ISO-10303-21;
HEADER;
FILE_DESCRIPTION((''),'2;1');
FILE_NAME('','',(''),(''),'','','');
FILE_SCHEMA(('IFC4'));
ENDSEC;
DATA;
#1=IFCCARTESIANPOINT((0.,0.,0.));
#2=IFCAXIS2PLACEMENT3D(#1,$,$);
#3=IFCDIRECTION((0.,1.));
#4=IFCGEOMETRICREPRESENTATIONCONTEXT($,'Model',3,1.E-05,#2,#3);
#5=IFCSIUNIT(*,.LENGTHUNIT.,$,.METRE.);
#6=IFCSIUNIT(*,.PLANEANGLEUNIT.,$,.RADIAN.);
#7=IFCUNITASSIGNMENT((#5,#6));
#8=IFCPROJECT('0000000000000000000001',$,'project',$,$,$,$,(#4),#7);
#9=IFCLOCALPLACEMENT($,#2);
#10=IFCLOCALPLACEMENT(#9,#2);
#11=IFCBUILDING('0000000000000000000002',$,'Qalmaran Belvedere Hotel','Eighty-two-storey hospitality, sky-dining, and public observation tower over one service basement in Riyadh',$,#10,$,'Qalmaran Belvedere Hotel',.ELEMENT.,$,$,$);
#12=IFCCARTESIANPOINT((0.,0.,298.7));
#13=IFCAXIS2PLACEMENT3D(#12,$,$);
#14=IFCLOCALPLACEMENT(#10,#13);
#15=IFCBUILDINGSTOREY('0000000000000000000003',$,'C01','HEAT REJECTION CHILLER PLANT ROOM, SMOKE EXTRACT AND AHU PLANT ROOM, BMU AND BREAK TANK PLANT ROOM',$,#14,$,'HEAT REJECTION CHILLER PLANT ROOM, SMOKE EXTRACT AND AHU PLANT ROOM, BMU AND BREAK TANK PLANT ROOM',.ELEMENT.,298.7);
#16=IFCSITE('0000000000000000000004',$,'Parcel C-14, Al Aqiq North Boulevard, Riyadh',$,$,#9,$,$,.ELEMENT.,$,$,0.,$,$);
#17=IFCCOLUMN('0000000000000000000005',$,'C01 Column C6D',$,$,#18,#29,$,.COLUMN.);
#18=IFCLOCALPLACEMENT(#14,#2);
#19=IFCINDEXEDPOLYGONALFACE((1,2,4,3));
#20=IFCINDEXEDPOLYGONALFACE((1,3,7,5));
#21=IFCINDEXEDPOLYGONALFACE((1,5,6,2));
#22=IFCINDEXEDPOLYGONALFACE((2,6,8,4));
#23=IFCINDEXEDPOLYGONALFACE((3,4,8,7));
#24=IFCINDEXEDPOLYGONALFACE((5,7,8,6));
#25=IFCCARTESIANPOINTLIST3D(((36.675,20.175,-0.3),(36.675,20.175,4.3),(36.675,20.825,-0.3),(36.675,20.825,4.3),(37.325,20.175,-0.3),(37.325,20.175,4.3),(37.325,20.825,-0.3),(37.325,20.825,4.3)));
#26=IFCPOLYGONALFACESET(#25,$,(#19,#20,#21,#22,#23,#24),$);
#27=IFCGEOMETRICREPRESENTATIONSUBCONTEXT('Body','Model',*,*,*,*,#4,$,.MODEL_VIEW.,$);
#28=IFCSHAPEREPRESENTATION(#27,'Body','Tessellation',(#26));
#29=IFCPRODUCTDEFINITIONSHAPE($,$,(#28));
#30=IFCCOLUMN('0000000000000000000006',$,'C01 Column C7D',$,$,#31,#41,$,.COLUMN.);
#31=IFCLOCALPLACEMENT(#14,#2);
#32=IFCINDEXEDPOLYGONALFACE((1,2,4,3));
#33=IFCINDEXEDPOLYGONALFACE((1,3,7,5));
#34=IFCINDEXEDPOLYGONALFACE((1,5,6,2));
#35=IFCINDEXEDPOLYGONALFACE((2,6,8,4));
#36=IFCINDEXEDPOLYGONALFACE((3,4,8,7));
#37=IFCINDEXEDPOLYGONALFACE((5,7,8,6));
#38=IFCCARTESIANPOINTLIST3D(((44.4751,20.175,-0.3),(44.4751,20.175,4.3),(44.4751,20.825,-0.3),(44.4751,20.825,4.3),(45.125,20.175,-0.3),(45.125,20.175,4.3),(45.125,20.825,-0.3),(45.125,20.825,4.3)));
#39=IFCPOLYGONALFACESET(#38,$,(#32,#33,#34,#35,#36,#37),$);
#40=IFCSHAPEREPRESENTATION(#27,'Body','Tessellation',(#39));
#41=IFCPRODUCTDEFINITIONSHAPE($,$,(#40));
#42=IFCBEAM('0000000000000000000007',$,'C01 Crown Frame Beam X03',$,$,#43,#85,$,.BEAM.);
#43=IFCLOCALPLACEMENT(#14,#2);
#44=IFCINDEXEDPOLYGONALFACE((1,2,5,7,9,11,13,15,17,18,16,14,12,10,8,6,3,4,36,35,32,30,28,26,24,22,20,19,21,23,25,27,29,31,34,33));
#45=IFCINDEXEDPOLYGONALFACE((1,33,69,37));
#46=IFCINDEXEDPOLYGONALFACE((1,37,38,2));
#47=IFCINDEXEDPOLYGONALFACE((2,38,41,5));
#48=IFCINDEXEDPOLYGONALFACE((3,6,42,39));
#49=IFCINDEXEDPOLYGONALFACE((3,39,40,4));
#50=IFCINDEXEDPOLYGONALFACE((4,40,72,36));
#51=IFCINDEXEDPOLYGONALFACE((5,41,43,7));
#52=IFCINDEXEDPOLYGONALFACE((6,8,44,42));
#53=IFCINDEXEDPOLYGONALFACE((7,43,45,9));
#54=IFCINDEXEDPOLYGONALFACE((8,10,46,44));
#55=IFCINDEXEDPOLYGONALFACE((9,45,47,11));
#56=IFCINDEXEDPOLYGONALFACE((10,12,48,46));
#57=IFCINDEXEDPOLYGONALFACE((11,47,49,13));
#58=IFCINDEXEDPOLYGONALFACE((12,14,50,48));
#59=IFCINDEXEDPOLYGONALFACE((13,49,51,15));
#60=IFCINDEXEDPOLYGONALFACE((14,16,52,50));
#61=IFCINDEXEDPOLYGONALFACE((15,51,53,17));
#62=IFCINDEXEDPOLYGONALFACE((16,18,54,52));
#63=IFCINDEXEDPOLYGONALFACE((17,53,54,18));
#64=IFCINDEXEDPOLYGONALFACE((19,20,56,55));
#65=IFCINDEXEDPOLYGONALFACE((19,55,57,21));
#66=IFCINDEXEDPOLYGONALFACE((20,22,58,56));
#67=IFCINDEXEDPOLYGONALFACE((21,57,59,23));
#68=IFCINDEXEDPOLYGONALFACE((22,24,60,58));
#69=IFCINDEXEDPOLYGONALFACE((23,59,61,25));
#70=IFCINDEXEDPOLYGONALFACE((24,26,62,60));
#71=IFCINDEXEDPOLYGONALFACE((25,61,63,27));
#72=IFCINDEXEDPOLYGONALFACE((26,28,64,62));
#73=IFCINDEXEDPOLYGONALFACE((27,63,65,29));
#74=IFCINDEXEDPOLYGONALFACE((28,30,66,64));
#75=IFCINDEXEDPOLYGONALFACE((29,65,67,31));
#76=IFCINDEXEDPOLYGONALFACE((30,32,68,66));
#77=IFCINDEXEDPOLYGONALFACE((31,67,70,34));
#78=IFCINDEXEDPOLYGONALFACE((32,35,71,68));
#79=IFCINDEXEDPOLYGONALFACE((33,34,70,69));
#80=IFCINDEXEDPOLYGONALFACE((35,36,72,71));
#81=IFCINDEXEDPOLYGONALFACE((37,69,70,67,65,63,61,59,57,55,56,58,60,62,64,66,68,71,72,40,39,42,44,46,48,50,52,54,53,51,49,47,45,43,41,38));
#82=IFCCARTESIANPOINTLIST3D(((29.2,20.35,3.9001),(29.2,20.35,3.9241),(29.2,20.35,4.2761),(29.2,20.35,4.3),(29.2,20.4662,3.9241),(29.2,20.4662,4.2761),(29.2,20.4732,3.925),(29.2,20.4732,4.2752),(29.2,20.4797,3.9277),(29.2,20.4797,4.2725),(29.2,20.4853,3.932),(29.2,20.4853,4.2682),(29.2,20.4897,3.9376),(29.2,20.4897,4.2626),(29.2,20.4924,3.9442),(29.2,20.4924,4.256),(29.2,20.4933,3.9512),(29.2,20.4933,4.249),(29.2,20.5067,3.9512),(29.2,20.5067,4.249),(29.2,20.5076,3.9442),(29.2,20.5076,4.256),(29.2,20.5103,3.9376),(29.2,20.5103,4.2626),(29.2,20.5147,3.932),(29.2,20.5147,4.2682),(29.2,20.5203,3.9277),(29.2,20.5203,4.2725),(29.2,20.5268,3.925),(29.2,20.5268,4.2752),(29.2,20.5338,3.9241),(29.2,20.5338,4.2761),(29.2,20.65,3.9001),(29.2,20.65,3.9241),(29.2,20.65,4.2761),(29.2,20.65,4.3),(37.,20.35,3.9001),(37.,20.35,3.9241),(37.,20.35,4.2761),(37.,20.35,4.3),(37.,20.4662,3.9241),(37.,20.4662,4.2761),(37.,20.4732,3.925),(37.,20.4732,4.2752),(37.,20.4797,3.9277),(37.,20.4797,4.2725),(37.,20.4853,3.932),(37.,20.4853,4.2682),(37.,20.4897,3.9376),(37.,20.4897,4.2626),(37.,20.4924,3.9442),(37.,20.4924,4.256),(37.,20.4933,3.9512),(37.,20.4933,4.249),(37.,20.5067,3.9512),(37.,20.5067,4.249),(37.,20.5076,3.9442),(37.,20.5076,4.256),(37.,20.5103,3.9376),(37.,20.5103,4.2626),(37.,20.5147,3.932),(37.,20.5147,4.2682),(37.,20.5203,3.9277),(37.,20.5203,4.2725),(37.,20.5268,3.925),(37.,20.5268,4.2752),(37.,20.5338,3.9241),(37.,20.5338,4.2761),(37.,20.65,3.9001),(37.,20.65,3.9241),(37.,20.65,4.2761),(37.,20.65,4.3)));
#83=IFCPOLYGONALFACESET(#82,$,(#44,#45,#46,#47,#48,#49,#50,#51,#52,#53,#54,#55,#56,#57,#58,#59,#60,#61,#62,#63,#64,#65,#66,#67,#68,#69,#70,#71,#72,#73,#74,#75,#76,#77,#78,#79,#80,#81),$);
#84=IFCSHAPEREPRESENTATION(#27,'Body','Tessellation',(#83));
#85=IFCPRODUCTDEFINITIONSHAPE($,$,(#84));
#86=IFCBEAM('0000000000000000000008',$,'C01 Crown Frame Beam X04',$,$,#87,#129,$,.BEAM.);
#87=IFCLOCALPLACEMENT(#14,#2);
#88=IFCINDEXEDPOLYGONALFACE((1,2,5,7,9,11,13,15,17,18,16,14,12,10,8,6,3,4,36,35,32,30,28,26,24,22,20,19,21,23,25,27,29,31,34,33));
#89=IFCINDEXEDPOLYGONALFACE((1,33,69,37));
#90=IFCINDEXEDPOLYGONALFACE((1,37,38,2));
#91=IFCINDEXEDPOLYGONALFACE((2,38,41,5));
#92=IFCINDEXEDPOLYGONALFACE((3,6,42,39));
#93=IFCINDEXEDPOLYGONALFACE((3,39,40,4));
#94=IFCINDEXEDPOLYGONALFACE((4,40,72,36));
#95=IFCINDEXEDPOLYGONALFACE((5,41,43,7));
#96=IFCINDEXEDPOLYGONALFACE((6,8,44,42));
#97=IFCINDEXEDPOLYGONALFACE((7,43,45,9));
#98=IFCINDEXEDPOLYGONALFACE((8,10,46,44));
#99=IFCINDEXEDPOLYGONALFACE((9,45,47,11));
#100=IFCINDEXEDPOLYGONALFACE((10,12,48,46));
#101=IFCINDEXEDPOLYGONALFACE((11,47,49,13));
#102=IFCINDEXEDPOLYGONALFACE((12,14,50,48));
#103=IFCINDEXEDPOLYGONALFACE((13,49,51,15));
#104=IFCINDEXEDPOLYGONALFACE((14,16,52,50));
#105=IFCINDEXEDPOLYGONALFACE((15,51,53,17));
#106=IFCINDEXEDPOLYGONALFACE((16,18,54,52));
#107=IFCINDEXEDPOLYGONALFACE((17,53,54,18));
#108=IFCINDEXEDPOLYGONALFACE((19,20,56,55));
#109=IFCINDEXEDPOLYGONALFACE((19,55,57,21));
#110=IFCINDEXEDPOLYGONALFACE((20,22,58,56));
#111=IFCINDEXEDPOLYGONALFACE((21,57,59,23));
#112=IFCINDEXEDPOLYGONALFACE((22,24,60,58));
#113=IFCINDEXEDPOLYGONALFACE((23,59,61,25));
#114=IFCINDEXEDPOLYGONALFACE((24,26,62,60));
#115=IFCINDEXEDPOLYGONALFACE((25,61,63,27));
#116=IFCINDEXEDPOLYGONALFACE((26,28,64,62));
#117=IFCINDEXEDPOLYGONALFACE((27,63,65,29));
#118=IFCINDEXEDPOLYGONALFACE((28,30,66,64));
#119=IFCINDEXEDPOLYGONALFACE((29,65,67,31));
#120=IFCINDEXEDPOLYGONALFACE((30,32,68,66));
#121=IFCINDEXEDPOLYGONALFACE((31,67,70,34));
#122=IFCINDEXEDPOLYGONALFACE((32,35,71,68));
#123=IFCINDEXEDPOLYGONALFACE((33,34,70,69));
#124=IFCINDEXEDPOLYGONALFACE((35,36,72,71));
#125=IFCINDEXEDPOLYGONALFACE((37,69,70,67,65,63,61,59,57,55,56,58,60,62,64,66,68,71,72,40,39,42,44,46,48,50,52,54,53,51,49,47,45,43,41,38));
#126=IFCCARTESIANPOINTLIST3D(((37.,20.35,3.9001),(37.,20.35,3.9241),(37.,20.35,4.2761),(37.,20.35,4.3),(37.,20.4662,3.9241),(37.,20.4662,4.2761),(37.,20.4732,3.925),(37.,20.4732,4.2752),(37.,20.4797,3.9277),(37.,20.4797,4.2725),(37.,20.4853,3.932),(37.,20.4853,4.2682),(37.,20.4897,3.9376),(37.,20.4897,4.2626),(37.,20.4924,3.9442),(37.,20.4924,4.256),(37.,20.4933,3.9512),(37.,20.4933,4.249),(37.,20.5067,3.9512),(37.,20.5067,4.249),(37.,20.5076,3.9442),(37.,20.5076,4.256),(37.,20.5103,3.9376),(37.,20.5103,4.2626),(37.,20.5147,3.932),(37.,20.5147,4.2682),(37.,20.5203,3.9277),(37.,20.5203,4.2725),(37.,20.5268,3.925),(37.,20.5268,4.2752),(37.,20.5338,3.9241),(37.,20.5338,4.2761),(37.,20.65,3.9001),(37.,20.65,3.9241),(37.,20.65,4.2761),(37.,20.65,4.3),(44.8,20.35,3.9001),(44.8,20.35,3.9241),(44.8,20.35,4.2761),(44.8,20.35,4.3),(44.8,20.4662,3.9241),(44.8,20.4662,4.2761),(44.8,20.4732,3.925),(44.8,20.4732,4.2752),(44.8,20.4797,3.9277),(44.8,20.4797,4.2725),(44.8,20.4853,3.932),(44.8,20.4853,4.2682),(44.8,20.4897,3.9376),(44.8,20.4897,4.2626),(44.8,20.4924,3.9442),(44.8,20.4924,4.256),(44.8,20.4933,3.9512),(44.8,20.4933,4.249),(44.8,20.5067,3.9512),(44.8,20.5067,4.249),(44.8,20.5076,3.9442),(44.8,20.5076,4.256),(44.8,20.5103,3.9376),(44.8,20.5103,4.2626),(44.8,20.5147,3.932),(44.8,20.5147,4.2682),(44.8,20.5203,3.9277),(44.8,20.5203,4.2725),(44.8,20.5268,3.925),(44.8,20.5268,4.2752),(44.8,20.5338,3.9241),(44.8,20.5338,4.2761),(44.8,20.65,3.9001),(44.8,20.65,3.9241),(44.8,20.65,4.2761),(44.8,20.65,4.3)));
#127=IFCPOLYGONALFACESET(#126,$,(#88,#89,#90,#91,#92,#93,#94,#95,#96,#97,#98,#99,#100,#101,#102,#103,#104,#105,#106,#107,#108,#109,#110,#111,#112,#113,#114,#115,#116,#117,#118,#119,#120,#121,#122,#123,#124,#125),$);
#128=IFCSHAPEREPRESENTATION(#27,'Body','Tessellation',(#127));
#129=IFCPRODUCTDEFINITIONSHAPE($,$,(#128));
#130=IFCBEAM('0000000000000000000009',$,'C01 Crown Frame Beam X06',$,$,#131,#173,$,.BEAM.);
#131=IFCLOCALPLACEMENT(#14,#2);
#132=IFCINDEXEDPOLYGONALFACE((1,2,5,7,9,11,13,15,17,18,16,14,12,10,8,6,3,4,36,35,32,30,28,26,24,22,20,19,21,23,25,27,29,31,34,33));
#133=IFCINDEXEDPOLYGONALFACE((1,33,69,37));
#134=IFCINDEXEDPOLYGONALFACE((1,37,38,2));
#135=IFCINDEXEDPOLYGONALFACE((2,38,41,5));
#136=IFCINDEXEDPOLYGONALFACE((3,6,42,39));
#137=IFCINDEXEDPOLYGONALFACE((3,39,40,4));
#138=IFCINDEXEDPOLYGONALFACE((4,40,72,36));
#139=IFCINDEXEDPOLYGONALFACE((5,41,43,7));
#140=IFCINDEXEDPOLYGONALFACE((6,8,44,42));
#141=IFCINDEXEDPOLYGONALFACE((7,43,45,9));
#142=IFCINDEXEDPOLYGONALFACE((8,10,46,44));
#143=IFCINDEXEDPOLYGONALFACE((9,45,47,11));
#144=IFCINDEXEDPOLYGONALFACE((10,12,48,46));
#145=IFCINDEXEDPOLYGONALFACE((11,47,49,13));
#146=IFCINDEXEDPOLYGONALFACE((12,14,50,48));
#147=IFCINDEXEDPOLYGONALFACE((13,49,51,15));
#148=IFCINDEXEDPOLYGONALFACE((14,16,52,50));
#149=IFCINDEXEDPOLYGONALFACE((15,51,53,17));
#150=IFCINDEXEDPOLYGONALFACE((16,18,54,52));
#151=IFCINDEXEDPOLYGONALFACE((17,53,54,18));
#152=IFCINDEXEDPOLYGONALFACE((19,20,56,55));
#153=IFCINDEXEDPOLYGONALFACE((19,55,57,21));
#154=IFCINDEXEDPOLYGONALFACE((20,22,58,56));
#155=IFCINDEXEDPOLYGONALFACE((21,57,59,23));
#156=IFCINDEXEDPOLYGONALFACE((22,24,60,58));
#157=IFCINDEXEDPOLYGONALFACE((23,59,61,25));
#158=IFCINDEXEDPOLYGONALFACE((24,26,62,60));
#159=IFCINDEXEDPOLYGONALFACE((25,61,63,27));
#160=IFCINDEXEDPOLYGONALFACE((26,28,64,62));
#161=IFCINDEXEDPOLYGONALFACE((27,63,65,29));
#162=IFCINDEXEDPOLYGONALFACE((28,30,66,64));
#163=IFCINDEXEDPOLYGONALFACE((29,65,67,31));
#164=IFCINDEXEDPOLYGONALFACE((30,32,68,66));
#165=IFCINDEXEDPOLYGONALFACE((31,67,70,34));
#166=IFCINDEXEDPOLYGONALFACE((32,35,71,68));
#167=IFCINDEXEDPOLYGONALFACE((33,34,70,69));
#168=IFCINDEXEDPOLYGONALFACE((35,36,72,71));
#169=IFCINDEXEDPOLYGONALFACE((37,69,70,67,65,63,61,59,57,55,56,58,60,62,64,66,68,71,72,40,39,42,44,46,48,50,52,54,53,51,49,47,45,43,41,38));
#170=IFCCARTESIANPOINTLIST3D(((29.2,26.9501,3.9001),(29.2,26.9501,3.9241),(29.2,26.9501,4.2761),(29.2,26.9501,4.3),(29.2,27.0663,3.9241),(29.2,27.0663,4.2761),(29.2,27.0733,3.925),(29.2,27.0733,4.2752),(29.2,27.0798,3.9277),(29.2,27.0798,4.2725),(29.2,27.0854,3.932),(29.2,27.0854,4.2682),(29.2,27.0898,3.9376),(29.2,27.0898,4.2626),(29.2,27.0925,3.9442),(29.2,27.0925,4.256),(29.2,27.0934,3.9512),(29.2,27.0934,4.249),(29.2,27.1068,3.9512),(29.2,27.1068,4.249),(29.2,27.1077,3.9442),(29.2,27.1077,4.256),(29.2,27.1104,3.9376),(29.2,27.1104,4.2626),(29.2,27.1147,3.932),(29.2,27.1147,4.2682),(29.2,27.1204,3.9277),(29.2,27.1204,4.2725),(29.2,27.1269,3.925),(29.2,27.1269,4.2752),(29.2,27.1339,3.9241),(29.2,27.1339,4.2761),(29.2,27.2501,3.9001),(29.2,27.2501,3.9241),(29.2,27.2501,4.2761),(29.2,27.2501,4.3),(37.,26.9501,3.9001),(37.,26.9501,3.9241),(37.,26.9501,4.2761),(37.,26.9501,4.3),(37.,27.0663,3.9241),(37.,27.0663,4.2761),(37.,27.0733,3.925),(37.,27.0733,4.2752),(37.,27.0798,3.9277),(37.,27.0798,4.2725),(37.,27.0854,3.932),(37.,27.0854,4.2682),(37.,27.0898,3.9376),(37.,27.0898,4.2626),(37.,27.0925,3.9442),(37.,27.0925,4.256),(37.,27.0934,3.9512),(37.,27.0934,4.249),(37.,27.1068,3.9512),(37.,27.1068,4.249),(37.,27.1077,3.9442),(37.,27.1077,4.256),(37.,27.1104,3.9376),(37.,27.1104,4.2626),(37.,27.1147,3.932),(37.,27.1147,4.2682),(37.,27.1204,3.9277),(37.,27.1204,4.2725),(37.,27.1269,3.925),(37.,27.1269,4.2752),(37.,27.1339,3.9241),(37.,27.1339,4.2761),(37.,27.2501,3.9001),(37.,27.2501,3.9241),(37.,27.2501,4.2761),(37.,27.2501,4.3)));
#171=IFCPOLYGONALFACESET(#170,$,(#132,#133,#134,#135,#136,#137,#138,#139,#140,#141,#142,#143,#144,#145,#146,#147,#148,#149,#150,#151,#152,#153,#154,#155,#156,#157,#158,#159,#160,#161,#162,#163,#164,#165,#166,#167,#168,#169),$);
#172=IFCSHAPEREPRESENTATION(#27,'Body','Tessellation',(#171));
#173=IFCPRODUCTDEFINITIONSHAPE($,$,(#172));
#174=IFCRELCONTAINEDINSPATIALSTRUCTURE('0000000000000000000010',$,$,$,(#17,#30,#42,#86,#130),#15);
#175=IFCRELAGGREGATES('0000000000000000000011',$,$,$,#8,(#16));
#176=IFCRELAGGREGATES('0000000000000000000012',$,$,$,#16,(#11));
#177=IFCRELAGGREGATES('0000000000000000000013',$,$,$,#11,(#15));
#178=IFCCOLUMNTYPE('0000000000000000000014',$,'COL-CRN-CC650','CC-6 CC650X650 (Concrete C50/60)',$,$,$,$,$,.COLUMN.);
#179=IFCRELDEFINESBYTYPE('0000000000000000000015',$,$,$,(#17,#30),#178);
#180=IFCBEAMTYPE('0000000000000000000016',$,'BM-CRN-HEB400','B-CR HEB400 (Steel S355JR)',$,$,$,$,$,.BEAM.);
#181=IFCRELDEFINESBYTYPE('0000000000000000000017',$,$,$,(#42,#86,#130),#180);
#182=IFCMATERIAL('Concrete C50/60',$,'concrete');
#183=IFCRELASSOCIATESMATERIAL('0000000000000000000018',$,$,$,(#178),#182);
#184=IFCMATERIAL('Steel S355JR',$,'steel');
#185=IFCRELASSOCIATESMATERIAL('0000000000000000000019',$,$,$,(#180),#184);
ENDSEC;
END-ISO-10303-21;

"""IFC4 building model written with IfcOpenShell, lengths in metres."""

from ifc_helpers import new_model, si_unit, direction, frame, origin, origin_2d, place, context, subcontext, project, spatial, rectangle, i_section, extrude, material, material_profile, profile_set, type_object, element, save


model = new_model("IFC4")

# Units and contexts
model_context = context("Model", 3, precision=1e-05, world=origin(), true_north=direction((0.0, 1.0)))
body_context = subcontext(model_context, "Body", "Model", "MODEL_VIEW")
ifc_project = project(units=[si_unit("LENGTHUNIT", "METRE"), si_unit("PLANEANGLEUNIT", "RADIAN")], contexts=[model_context])

# Site, building, storey
site_placement = place(None, origin())
site = spatial("IfcSite", under=ifc_project, at=site_placement, Name="Parcel C-14, Al Aqiq North Boulevard, Riyadh", CompositionType="ELEMENT", RefElevation=0.0)
building_placement = place(site_placement, origin())
building = spatial("IfcBuilding", under=site, at=building_placement, Name="Qalmaran Belvedere Hotel", Description="Eighty-two-storey hospitality, sky-dining, and public observation tower over one service basement in Riyadh", LongName="Qalmaran Belvedere Hotel", CompositionType="ELEMENT")
storey_placement = place(building_placement, frame((0.0, 0.0, 298.7)))
storey = spatial("IfcBuildingStorey", under=building, at=storey_placement, Name="C01", Description="HEAT REJECTION CHILLER PLANT ROOM, SMOKE EXTRACT AND AHU PLANT ROOM, BMU AND BREAK TANK PLANT ROOM", LongName="HEAT REJECTION CHILLER PLANT ROOM, SMOKE EXTRACT AND AHU PLANT ROOM, BMU AND BREAK TANK PLANT ROOM", CompositionType="ELEMENT", Elevation=298.7)

# Columns
ifc_material_1 = material(Name="Concrete C50/60", Category="concrete")
ifc_material_profile_1 = material_profile(ifc_material_1, rectangle(XDim=0.6499, YDim=0.6499, at=origin_2d()), Name="CC650X650")
ifc_profile_set_1 = profile_set([ifc_material_profile_1], Name="Concrete C50/60")
column_type = type_object("IfcColumnType", Name="COL-CRN-CC650", Description="CC-6 CC650X650 (Concrete C50/60)", PredefinedType="COLUMN", material=ifc_profile_set_1)
for number, where, z_axis, x_axis, name in (
    (1, (37.0, 20.5, -0.3), (0.0, 0.0, 1.0), (1.0, 0.0, 0.0), "C01 Column C6D"),
    (2, (44.8, 20.5, -0.3), (0.0, 0.0, 1.0), (1.0, 0.0, 0.0), "C01 Column C7D"),
):
    element("IfcColumn", number, at=place(storey_placement, frame(where, z_axis=z_axis, x_axis=x_axis)), inside=storey, type_object=column_type, Name=name, PredefinedType="COLUMN", context=body_context, shape_type="SweptSolid", body=[
        extrude(rectangle(XDim=0.6499, YDim=0.6499, at=origin_2d()), origin(), (0.0, 0.0, 1.0), 4.6001),
    ])

# Beams
ifc_material_2 = material(Name="Steel S355JR", Category="steel")
ifc_material_profile_2 = material_profile(ifc_material_2, i_section(OverallWidth=0.3, OverallDepth=0.3999, WebThickness=0.0134, FlangeThickness=0.0239, FilletRadius=0.0271, at=origin_2d()), Name="HEB400")
ifc_profile_set_2 = profile_set([ifc_material_profile_2], Name="Steel S355JR")
beam_type_1 = type_object("IfcBeamType", Name="BM-CRN-HEB400", Description="B-CR HEB400 (Steel S355JR)", PredefinedType="BEAM", material=ifc_profile_set_2)
for number, where, z_axis, x_axis, name in (
    (3, (29.2, 20.5, 4.1001), (1.0, 0.0, 0.0), (0.0, 1.0, 0.0), "C01 Crown Frame Beam X03"),
    (4, (37.0, 20.5, 4.1001), (1.0, 0.0, 0.0), (0.0, 1.0, 0.0), "C01 Crown Frame Beam X04"),
    (5, (29.2, 27.1001, 4.1001), (1.0, 0.0, 0.0), (0.0, 1.0, 0.0), "C01 Crown Frame Beam X06"),
):
    element("IfcBeam", number, at=place(storey_placement, frame(where, z_axis=z_axis, x_axis=x_axis)), inside=storey, type_object=beam_type_1, Name=name, PredefinedType="BEAM", context=body_context, shape_type="SweptSolid", body=[
        extrude(i_section(OverallWidth=0.3, OverallDepth=0.3999, WebThickness=0.0134, FlangeThickness=0.0239, FilletRadius=0.0271, at=origin_2d()), origin(), (0.0, 0.0, 1.0), 7.8),
    ])

save(model, "model.ifc")
